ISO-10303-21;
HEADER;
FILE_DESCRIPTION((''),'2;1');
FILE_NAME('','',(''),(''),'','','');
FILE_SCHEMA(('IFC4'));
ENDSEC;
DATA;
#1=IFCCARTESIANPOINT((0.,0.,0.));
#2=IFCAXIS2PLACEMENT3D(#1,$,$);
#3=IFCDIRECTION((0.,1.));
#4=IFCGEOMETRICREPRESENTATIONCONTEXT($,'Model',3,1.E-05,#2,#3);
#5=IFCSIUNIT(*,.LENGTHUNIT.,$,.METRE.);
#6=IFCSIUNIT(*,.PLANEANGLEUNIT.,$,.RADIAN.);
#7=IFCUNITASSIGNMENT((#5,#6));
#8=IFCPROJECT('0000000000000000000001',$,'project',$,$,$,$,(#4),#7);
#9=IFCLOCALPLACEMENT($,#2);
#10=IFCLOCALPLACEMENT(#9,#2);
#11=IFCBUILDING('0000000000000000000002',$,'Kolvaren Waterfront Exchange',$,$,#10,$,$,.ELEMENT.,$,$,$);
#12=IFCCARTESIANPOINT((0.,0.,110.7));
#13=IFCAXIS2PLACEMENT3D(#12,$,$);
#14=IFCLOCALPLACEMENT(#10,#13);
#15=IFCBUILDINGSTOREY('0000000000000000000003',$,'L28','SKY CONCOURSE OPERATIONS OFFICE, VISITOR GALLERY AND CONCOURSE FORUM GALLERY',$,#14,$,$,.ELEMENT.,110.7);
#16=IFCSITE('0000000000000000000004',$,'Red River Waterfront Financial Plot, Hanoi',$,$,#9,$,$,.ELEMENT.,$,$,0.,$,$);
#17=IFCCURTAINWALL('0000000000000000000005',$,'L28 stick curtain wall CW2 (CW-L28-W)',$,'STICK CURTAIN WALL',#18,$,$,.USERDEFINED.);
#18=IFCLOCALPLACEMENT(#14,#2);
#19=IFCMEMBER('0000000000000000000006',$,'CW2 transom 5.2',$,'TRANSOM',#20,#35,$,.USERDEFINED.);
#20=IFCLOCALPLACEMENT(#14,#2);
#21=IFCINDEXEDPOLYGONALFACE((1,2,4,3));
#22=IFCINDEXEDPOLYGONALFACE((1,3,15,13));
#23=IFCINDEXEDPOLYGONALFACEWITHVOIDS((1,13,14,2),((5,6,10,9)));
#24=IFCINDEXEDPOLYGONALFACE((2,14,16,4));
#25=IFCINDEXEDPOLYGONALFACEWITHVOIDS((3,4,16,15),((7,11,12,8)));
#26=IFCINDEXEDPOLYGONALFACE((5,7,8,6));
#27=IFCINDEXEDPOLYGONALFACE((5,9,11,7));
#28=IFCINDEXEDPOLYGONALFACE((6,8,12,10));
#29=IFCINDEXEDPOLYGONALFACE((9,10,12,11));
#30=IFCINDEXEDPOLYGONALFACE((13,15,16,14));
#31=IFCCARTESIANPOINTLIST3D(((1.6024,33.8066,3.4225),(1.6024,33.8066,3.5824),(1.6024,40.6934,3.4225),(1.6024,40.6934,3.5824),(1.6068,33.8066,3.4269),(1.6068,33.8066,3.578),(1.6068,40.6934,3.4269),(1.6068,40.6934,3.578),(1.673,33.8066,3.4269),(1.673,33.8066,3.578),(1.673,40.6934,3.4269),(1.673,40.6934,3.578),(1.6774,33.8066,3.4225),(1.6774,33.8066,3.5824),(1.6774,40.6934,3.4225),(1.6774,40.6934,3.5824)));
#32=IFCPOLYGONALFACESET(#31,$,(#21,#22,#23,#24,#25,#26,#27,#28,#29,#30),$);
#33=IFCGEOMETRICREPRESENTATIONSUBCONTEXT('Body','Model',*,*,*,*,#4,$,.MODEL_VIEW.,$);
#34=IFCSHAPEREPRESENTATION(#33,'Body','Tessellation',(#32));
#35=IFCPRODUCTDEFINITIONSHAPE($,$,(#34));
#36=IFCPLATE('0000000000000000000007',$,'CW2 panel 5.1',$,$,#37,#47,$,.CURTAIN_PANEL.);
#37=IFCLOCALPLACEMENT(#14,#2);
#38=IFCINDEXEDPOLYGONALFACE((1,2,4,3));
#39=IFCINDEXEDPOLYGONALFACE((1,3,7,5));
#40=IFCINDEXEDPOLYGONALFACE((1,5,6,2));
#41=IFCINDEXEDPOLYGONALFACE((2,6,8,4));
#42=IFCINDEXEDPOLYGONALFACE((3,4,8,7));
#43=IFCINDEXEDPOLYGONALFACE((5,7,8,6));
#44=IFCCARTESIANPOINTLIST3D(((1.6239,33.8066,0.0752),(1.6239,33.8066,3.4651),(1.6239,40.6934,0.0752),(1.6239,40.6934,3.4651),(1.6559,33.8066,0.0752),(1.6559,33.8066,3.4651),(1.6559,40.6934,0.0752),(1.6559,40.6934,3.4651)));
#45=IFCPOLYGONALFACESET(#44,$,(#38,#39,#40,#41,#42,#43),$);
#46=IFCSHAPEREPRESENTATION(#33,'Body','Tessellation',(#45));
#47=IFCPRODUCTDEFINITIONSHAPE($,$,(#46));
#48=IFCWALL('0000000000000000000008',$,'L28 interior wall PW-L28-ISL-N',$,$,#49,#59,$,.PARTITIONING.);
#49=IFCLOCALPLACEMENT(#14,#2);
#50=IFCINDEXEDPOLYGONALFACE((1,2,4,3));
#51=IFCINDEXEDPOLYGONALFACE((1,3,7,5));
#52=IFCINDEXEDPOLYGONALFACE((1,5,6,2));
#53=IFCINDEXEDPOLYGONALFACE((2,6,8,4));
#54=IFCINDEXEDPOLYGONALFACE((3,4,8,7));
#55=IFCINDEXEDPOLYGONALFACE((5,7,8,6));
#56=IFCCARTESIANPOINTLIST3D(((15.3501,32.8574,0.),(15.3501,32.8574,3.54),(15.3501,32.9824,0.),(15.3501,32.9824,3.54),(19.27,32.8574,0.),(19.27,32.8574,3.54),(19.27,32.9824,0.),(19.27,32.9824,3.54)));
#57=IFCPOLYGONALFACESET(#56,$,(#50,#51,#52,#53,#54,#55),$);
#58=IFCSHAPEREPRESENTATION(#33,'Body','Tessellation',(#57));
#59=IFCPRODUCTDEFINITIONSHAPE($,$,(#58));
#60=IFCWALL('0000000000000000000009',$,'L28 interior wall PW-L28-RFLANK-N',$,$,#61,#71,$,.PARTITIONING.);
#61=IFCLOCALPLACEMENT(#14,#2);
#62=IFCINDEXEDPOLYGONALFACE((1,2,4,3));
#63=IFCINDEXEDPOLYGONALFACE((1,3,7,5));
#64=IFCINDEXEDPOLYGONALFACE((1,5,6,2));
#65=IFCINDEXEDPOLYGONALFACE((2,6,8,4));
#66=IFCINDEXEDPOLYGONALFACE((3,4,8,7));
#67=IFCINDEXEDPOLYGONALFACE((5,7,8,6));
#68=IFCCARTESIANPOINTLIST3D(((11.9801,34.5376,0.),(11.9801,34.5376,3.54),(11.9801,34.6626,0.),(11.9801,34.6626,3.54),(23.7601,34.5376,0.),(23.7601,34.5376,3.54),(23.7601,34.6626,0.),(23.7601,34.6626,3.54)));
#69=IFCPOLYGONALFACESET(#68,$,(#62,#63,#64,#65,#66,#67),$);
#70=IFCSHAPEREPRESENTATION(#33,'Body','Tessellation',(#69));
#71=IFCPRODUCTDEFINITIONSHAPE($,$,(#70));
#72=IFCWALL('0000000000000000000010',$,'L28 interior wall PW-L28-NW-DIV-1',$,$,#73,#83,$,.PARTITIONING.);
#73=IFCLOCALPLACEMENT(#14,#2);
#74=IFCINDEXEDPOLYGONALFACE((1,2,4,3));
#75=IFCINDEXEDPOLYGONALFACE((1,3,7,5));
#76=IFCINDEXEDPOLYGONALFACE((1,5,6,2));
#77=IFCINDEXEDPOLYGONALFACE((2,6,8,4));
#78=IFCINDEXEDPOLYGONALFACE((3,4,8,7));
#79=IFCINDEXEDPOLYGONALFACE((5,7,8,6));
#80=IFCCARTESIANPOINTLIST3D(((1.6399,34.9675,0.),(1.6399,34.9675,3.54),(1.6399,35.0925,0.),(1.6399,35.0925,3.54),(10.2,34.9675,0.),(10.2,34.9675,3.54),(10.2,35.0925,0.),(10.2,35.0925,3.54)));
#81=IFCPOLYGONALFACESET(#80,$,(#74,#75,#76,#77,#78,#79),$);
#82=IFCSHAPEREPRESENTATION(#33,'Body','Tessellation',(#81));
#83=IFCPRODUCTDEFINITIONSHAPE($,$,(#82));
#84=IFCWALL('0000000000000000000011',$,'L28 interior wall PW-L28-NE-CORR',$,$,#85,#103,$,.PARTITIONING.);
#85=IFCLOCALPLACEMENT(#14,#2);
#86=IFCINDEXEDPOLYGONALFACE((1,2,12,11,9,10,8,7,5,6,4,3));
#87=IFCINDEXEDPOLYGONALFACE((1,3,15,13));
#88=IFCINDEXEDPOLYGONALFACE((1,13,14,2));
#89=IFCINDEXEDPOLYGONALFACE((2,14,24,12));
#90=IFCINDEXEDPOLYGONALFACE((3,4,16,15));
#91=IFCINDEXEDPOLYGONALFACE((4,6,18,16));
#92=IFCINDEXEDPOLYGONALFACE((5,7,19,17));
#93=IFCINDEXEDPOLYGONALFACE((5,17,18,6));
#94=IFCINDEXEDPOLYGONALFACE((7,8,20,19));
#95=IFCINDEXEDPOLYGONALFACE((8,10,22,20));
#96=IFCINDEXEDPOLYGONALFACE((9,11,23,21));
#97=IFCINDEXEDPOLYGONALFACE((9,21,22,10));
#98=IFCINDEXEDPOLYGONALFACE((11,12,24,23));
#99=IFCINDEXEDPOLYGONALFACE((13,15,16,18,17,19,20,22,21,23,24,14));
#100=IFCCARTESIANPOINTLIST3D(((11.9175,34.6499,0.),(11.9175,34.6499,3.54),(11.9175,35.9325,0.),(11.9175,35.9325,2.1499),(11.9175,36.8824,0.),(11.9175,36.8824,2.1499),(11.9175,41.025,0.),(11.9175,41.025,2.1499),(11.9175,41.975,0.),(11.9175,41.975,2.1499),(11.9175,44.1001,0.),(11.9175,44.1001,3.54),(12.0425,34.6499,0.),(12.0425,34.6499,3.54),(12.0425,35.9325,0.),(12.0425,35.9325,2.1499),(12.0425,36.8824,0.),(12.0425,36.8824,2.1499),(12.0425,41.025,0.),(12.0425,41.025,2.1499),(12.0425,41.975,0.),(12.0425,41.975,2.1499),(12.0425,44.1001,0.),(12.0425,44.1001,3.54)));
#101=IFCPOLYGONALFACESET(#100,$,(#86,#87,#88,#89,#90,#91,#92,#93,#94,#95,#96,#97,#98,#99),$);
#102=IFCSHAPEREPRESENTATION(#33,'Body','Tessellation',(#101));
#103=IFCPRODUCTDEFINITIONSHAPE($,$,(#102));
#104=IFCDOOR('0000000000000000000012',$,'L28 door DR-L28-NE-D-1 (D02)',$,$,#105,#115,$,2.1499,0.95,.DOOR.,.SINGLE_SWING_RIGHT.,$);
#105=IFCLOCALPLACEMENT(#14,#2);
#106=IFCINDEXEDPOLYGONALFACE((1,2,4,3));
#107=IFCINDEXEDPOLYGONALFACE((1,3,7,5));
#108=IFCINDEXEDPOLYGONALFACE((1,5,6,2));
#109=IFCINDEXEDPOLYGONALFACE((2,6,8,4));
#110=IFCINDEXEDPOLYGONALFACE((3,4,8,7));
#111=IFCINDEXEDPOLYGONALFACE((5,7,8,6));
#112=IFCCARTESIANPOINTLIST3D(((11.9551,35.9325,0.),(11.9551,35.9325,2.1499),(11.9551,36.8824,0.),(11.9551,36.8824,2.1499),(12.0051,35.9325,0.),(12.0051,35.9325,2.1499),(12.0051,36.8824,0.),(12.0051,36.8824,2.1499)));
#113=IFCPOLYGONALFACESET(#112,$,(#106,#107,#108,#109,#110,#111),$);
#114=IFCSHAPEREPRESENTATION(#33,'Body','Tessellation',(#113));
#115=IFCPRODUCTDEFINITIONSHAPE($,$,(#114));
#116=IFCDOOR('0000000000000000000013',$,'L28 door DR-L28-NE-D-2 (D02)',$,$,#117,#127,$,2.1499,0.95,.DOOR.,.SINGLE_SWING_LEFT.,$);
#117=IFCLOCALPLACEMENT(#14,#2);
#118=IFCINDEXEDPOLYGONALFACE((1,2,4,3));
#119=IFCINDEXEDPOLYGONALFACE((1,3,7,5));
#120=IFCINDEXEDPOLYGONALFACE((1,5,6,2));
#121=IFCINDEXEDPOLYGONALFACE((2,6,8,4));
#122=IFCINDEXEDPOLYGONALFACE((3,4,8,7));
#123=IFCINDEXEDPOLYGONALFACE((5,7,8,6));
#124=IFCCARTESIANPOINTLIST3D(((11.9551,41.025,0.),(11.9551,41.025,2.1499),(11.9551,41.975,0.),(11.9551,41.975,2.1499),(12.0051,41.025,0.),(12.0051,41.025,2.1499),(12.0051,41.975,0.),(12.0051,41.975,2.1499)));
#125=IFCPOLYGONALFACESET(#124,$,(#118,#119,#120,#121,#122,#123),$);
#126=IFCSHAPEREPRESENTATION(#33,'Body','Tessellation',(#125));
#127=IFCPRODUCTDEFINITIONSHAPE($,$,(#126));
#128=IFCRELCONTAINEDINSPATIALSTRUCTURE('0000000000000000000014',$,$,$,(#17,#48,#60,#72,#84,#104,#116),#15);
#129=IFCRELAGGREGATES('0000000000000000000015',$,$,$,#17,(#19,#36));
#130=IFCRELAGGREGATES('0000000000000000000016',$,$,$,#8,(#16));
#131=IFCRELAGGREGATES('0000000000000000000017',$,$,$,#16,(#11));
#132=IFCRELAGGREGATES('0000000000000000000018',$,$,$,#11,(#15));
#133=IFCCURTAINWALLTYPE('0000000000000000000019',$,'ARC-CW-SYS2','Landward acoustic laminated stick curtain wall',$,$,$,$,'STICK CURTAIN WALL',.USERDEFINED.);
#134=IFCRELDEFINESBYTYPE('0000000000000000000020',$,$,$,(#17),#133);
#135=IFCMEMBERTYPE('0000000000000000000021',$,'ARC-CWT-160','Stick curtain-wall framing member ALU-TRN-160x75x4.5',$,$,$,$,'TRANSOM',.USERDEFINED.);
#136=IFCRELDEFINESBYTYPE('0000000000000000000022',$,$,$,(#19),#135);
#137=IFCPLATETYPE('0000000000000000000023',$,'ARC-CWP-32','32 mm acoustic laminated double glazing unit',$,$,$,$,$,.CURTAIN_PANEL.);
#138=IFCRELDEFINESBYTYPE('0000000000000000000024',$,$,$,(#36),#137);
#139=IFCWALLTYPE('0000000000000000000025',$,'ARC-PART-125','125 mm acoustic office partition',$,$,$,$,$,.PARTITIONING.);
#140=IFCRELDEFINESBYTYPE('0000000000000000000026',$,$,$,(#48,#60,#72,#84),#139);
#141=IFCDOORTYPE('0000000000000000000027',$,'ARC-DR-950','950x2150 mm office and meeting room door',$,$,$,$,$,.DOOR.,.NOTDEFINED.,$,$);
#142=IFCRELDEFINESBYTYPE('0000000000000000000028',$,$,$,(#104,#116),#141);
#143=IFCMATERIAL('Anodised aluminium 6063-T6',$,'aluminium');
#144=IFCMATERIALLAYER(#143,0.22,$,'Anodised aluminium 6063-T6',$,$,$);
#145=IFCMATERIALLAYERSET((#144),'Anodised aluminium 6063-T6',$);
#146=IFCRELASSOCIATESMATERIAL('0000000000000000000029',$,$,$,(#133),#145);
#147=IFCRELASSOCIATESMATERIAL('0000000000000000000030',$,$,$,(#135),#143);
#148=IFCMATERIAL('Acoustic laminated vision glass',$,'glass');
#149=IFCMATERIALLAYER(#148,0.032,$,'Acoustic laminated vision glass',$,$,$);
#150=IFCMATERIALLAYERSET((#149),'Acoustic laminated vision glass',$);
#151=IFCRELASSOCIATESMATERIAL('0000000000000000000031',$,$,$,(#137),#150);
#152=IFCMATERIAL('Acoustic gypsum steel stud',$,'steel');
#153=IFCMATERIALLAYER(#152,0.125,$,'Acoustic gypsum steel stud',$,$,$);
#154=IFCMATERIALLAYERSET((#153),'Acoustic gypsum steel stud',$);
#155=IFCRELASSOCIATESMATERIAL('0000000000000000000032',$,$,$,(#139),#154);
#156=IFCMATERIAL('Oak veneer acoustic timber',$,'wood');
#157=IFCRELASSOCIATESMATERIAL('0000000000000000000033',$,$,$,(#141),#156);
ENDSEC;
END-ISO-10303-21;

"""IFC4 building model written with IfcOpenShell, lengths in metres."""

from ifc_helpers import new_model, si_unit, direction, frame, frame_2d, origin, origin_with_axes, origin_2d, place, context, subcontext, project, spatial, rectangle, hollow_rectangle, extrude, source, transform, mapped, material, layer, layer_set, material_profile, profile_set, type_object, element, fill, aggregate, save


model = new_model("IFC4")

# Units and contexts
model_context = context("Model", 3, precision=1e-05, world=origin(), true_north=direction((0.0, 1.0)))
body_context = subcontext(model_context, "Body", "Model", "MODEL_VIEW")
ifc_project = project(units=[si_unit("LENGTHUNIT", "METRE"), si_unit("PLANEANGLEUNIT", "RADIAN")], contexts=[model_context])

# Site, building, storey
site_placement = place(None, origin())
site = spatial("IfcSite", under=ifc_project, at=site_placement, Name="Red River Waterfront Financial Plot, Hanoi", CompositionType="ELEMENT", RefElevation=0.0)
building_placement = place(site_placement, origin())
building = spatial("IfcBuilding", under=site, at=building_placement, Name="Kolvaren Waterfront Exchange", CompositionType="ELEMENT")
storey_placement = place(building_placement, frame((0.0, 0.0, 110.7)))
storey = spatial("IfcBuildingStorey", under=building, at=storey_placement, Name="L28", Description="SKY CONCOURSE OPERATIONS OFFICE, VISITOR GALLERY AND CONCOURSE FORUM GALLERY", CompositionType="ELEMENT", Elevation=110.7)

# Curtain wall, member, plate
ifc_material_1 = material(Name="Anodised aluminium 6063-T6", Category="aluminium")
ifc_layer_1 = layer(ifc_material_1, 0.22, Name="Anodised aluminium 6063-T6")
ifc_layer_set_1 = layer_set([ifc_layer_1], Name="Anodised aluminium 6063-T6")
curtain_wall_type = type_object("IfcCurtainWallType", Name="ARC-CW-SYS2", Description="Landward acoustic laminated stick curtain wall", ElementType="STICK CURTAIN WALL", PredefinedType="USERDEFINED", material=ifc_layer_set_1)
curtain_wall_placement = place(storey_placement, origin())
curtain_wall = element("IfcCurtainWall", 1, at=curtain_wall_placement, inside=storey, type_object=curtain_wall_type, Name="L28 stick curtain wall CW2 (CW-L28-W)", ObjectType="STICK CURTAIN WALL", PredefinedType="USERDEFINED")
ifc_material_profile_1 = material_profile(ifc_material_1, hollow_rectangle(XDim=0.075, YDim=0.1599, WallThickness=0.0044, at=origin_2d()), Name="ALU-TRN-160x75x4.5")
ifc_profile_set_1 = profile_set([ifc_material_profile_1], Name="Anodised aluminium 6063-T6")
member_type_1 = type_object("IfcMemberType", Name="ARC-CWT-160", Description="Stick curtain-wall framing member ALU-TRN-160x75x4.5", ElementType="TRANSOM", PredefinedType="USERDEFINED", material=ifc_profile_set_1)
shared_shape_1 = source(origin_with_axes(), body_context, "Body", "SweptSolid", [
    extrude(hollow_rectangle(XDim=0.075, YDim=0.1599, WallThickness=0.0044, at=origin_2d()), origin(), (0.0, 0.0, 1.0), 6.8867),
])
member_1_placement = place(storey_placement, frame((1.6399, 33.8066, 3.5024), z_axis=(0.0, 1.0, 0.0), x_axis=(-1.0, 0.0, 0.0)))
member_1 = element("IfcMember", 2, at=member_1_placement, type_object=member_type_1, Name="CW2 transom 5.2", ObjectType="TRANSOM", PredefinedType="USERDEFINED", context=body_context, shape_type="MappedRepresentation", body=[
    mapped(shared_shape_1, transform((0.0, 0.0, 0.0), x_axis=(1.0, 0.0, 0.0), y_axis=(0.0, 1.0, 0.0), z_axis=(0.0, 0.0, 1.0), scale=1.0)),
])
ifc_material_2 = material(Name="Acoustic laminated vision glass", Category="glass")
ifc_layer_2 = layer(ifc_material_2, 0.032, Name="Acoustic laminated vision glass")
ifc_layer_set_2 = layer_set([ifc_layer_2], Name="Acoustic laminated vision glass")
plate_type = type_object("IfcPlateType", Name="ARC-CWP-32", Description="32 mm acoustic laminated double glazing unit", PredefinedType="CURTAIN_PANEL", material=ifc_layer_set_2)
shared_shape_2 = source(origin_with_axes(), body_context, "Body", "SweptSolid", [
    extrude(rectangle(XDim=6.8867, YDim=0.032, at=origin_2d()), origin(), (0.0, 0.0, 1.0), 3.3899),
])
plate_placement = place(storey_placement, frame((1.6399, 37.25, 0.0752), z_axis=(0.0, 0.0, 1.0), x_axis=(0.0, 1.0, 0.0)))
plate = element("IfcPlate", 3, at=plate_placement, type_object=plate_type, Name="CW2 panel 5.1", PredefinedType="CURTAIN_PANEL", context=body_context, shape_type="MappedRepresentation", body=[
    mapped(shared_shape_2, transform((0.0, 0.0, 0.0), x_axis=(1.0, 0.0, 0.0), y_axis=(0.0, 1.0, 0.0), z_axis=(0.0, 0.0, 1.0), scale=1.0)),
])
aggregate(curtain_wall, [member_1, plate])

# Walls
ifc_material_3 = material(Name="Acoustic gypsum steel stud", Category="steel")
ifc_layer_3 = layer(ifc_material_3, 0.125, Name="Acoustic gypsum steel stud")
ifc_layer_set_3 = layer_set([ifc_layer_3], Name="Acoustic gypsum steel stud")
wall_type = type_object("IfcWallType", Name="ARC-PART-125", Description="125 mm acoustic office partition", PredefinedType="PARTITIONING", material=ifc_layer_set_3)
wall_1_placement = place(storey_placement, frame((15.3501, 32.9199, 0.0), z_axis=(0.0, 0.0, 1.0), x_axis=(1.0, 0.0, 0.0)))
element("IfcWall", 4, at=wall_1_placement, inside=storey, type_object=wall_type, Name="L28 interior wall PW-L28-ISL-N", PredefinedType="PARTITIONING", context=body_context, shape_type="SweptSolid", body=[
    extrude(rectangle(XDim=3.9199, YDim=0.125, at=frame_2d((1.96, 0.0))), origin(), (0.0, 0.0, 1.0), 3.54),
])
wall_2_placement = place(storey_placement, frame((11.98, 34.6001, 0.0), z_axis=(0.0, 0.0, 1.0), x_axis=(1.0, 0.0, 0.0)))
element("IfcWall", 5, at=wall_2_placement, inside=storey, type_object=wall_type, Name="L28 interior wall PW-L28-RFLANK-N", PredefinedType="PARTITIONING", context=body_context, shape_type="SweptSolid", body=[
    extrude(rectangle(XDim=11.78, YDim=0.125, at=frame_2d((5.8901, 0.0))), origin(), (0.0, 0.0, 1.0), 3.54),
])
wall_3_placement = place(storey_placement, frame((1.6399, 35.03, 0.0), z_axis=(0.0, 0.0, 1.0), x_axis=(1.0, 0.0, 0.0)))
element("IfcWall", 6, at=wall_3_placement, inside=storey, type_object=wall_type, Name="L28 interior wall PW-L28-NW-DIV-1", PredefinedType="PARTITIONING", context=body_context, shape_type="SweptSolid", body=[
    extrude(rectangle(XDim=8.5601, YDim=0.125, at=frame_2d((4.28, 0.0))), origin(), (0.0, 0.0, 1.0), 3.54),
])

# Wall, openings, doors
wall_4_placement = place(storey_placement, frame((11.98, 34.6499, 0.0), z_axis=(0.0, 0.0, 1.0), x_axis=(0.0, 1.0, 0.0)))
wall_4 = element("IfcWall", 7, at=wall_4_placement, inside=storey, type_object=wall_type, Name="L28 interior wall PW-L28-NE-CORR", PredefinedType="PARTITIONING", context=body_context, shape_type="SweptSolid", body=[
    extrude(rectangle(XDim=9.4502, YDim=0.125, at=frame_2d((4.7251, 0.0))), origin(), (0.0, 0.0, 1.0), 3.54),
])
opening_1_placement = place(wall_4_placement, frame((1.2825, 0.0, 0.0)))
opening_1 = element("IfcOpeningElement", 8, at=opening_1_placement, cuts=wall_4, PredefinedType="OPENING", context=body_context, shape_type="SweptSolid", body=[
    extrude(rectangle(XDim=0.95, YDim=2.1499, at=frame_2d((0.4751, 1.075))), frame((0.0, 0.0725, 0.0), z_axis=(0.0, -1.0, 0.0), x_axis=(1.0, 0.0, 0.0)), (0.0, 0.0, 1.0), 0.145),
])
opening_2_placement = place(wall_4_placement, frame((6.375, 0.0, 0.0)))
opening_2 = element("IfcOpeningElement", 9, at=opening_2_placement, cuts=wall_4, PredefinedType="OPENING", context=body_context, shape_type="SweptSolid", body=[
    extrude(rectangle(XDim=0.95, YDim=2.1499, at=frame_2d((0.4751, 1.075))), frame((0.0, 0.0725, 0.0), z_axis=(0.0, -1.0, 0.0), x_axis=(1.0, 0.0, 0.0)), (0.0, 0.0, 1.0), 0.145),
])
ifc_material_4 = material(Name="Oak veneer acoustic timber", Category="wood")
door_type = type_object("IfcDoorType", Name="ARC-DR-950", Description="950x2150 mm office and meeting room door", OperationType="NOTDEFINED", PredefinedType="DOOR", material=ifc_material_4)
door_1_placement = place(opening_1_placement, origin())
door_1 = element("IfcDoor", 10, at=door_1_placement, inside=storey, type_object=door_type, Name="L28 door DR-L28-NE-D-1 (D02)", OperationType="SINGLE_SWING_RIGHT", OverallHeight=2.1499, OverallWidth=0.95, PredefinedType="DOOR", context=body_context, shape_type="SweptSolid", body=[
    extrude(rectangle(XDim=0.95, YDim=2.1499, at=frame_2d((0.4751, 1.075))), frame((0.0, 0.0249, 0.0), z_axis=(0.0, -1.0, 0.0), x_axis=(1.0, 0.0, 0.0)), (0.0, 0.0, 1.0), 0.05),
])
fill(opening_1, door_1)
door_2_placement = place(opening_2_placement, origin())
door_2 = element("IfcDoor", 11, at=door_2_placement, inside=storey, type_object=door_type, Name="L28 door DR-L28-NE-D-2 (D02)", OperationType="SINGLE_SWING_LEFT", OverallHeight=2.1499, OverallWidth=0.95, PredefinedType="DOOR", context=body_context, shape_type="SweptSolid", body=[
    extrude(rectangle(XDim=0.95, YDim=2.1499, at=frame_2d((0.4751, 1.075))), frame((0.0, 0.0249, 0.0), z_axis=(0.0, -1.0, 0.0), x_axis=(1.0, 0.0, 0.0)), (0.0, 0.0, 1.0), 0.05),
])
fill(opening_2, door_2)

save(model, "model.ifc")
